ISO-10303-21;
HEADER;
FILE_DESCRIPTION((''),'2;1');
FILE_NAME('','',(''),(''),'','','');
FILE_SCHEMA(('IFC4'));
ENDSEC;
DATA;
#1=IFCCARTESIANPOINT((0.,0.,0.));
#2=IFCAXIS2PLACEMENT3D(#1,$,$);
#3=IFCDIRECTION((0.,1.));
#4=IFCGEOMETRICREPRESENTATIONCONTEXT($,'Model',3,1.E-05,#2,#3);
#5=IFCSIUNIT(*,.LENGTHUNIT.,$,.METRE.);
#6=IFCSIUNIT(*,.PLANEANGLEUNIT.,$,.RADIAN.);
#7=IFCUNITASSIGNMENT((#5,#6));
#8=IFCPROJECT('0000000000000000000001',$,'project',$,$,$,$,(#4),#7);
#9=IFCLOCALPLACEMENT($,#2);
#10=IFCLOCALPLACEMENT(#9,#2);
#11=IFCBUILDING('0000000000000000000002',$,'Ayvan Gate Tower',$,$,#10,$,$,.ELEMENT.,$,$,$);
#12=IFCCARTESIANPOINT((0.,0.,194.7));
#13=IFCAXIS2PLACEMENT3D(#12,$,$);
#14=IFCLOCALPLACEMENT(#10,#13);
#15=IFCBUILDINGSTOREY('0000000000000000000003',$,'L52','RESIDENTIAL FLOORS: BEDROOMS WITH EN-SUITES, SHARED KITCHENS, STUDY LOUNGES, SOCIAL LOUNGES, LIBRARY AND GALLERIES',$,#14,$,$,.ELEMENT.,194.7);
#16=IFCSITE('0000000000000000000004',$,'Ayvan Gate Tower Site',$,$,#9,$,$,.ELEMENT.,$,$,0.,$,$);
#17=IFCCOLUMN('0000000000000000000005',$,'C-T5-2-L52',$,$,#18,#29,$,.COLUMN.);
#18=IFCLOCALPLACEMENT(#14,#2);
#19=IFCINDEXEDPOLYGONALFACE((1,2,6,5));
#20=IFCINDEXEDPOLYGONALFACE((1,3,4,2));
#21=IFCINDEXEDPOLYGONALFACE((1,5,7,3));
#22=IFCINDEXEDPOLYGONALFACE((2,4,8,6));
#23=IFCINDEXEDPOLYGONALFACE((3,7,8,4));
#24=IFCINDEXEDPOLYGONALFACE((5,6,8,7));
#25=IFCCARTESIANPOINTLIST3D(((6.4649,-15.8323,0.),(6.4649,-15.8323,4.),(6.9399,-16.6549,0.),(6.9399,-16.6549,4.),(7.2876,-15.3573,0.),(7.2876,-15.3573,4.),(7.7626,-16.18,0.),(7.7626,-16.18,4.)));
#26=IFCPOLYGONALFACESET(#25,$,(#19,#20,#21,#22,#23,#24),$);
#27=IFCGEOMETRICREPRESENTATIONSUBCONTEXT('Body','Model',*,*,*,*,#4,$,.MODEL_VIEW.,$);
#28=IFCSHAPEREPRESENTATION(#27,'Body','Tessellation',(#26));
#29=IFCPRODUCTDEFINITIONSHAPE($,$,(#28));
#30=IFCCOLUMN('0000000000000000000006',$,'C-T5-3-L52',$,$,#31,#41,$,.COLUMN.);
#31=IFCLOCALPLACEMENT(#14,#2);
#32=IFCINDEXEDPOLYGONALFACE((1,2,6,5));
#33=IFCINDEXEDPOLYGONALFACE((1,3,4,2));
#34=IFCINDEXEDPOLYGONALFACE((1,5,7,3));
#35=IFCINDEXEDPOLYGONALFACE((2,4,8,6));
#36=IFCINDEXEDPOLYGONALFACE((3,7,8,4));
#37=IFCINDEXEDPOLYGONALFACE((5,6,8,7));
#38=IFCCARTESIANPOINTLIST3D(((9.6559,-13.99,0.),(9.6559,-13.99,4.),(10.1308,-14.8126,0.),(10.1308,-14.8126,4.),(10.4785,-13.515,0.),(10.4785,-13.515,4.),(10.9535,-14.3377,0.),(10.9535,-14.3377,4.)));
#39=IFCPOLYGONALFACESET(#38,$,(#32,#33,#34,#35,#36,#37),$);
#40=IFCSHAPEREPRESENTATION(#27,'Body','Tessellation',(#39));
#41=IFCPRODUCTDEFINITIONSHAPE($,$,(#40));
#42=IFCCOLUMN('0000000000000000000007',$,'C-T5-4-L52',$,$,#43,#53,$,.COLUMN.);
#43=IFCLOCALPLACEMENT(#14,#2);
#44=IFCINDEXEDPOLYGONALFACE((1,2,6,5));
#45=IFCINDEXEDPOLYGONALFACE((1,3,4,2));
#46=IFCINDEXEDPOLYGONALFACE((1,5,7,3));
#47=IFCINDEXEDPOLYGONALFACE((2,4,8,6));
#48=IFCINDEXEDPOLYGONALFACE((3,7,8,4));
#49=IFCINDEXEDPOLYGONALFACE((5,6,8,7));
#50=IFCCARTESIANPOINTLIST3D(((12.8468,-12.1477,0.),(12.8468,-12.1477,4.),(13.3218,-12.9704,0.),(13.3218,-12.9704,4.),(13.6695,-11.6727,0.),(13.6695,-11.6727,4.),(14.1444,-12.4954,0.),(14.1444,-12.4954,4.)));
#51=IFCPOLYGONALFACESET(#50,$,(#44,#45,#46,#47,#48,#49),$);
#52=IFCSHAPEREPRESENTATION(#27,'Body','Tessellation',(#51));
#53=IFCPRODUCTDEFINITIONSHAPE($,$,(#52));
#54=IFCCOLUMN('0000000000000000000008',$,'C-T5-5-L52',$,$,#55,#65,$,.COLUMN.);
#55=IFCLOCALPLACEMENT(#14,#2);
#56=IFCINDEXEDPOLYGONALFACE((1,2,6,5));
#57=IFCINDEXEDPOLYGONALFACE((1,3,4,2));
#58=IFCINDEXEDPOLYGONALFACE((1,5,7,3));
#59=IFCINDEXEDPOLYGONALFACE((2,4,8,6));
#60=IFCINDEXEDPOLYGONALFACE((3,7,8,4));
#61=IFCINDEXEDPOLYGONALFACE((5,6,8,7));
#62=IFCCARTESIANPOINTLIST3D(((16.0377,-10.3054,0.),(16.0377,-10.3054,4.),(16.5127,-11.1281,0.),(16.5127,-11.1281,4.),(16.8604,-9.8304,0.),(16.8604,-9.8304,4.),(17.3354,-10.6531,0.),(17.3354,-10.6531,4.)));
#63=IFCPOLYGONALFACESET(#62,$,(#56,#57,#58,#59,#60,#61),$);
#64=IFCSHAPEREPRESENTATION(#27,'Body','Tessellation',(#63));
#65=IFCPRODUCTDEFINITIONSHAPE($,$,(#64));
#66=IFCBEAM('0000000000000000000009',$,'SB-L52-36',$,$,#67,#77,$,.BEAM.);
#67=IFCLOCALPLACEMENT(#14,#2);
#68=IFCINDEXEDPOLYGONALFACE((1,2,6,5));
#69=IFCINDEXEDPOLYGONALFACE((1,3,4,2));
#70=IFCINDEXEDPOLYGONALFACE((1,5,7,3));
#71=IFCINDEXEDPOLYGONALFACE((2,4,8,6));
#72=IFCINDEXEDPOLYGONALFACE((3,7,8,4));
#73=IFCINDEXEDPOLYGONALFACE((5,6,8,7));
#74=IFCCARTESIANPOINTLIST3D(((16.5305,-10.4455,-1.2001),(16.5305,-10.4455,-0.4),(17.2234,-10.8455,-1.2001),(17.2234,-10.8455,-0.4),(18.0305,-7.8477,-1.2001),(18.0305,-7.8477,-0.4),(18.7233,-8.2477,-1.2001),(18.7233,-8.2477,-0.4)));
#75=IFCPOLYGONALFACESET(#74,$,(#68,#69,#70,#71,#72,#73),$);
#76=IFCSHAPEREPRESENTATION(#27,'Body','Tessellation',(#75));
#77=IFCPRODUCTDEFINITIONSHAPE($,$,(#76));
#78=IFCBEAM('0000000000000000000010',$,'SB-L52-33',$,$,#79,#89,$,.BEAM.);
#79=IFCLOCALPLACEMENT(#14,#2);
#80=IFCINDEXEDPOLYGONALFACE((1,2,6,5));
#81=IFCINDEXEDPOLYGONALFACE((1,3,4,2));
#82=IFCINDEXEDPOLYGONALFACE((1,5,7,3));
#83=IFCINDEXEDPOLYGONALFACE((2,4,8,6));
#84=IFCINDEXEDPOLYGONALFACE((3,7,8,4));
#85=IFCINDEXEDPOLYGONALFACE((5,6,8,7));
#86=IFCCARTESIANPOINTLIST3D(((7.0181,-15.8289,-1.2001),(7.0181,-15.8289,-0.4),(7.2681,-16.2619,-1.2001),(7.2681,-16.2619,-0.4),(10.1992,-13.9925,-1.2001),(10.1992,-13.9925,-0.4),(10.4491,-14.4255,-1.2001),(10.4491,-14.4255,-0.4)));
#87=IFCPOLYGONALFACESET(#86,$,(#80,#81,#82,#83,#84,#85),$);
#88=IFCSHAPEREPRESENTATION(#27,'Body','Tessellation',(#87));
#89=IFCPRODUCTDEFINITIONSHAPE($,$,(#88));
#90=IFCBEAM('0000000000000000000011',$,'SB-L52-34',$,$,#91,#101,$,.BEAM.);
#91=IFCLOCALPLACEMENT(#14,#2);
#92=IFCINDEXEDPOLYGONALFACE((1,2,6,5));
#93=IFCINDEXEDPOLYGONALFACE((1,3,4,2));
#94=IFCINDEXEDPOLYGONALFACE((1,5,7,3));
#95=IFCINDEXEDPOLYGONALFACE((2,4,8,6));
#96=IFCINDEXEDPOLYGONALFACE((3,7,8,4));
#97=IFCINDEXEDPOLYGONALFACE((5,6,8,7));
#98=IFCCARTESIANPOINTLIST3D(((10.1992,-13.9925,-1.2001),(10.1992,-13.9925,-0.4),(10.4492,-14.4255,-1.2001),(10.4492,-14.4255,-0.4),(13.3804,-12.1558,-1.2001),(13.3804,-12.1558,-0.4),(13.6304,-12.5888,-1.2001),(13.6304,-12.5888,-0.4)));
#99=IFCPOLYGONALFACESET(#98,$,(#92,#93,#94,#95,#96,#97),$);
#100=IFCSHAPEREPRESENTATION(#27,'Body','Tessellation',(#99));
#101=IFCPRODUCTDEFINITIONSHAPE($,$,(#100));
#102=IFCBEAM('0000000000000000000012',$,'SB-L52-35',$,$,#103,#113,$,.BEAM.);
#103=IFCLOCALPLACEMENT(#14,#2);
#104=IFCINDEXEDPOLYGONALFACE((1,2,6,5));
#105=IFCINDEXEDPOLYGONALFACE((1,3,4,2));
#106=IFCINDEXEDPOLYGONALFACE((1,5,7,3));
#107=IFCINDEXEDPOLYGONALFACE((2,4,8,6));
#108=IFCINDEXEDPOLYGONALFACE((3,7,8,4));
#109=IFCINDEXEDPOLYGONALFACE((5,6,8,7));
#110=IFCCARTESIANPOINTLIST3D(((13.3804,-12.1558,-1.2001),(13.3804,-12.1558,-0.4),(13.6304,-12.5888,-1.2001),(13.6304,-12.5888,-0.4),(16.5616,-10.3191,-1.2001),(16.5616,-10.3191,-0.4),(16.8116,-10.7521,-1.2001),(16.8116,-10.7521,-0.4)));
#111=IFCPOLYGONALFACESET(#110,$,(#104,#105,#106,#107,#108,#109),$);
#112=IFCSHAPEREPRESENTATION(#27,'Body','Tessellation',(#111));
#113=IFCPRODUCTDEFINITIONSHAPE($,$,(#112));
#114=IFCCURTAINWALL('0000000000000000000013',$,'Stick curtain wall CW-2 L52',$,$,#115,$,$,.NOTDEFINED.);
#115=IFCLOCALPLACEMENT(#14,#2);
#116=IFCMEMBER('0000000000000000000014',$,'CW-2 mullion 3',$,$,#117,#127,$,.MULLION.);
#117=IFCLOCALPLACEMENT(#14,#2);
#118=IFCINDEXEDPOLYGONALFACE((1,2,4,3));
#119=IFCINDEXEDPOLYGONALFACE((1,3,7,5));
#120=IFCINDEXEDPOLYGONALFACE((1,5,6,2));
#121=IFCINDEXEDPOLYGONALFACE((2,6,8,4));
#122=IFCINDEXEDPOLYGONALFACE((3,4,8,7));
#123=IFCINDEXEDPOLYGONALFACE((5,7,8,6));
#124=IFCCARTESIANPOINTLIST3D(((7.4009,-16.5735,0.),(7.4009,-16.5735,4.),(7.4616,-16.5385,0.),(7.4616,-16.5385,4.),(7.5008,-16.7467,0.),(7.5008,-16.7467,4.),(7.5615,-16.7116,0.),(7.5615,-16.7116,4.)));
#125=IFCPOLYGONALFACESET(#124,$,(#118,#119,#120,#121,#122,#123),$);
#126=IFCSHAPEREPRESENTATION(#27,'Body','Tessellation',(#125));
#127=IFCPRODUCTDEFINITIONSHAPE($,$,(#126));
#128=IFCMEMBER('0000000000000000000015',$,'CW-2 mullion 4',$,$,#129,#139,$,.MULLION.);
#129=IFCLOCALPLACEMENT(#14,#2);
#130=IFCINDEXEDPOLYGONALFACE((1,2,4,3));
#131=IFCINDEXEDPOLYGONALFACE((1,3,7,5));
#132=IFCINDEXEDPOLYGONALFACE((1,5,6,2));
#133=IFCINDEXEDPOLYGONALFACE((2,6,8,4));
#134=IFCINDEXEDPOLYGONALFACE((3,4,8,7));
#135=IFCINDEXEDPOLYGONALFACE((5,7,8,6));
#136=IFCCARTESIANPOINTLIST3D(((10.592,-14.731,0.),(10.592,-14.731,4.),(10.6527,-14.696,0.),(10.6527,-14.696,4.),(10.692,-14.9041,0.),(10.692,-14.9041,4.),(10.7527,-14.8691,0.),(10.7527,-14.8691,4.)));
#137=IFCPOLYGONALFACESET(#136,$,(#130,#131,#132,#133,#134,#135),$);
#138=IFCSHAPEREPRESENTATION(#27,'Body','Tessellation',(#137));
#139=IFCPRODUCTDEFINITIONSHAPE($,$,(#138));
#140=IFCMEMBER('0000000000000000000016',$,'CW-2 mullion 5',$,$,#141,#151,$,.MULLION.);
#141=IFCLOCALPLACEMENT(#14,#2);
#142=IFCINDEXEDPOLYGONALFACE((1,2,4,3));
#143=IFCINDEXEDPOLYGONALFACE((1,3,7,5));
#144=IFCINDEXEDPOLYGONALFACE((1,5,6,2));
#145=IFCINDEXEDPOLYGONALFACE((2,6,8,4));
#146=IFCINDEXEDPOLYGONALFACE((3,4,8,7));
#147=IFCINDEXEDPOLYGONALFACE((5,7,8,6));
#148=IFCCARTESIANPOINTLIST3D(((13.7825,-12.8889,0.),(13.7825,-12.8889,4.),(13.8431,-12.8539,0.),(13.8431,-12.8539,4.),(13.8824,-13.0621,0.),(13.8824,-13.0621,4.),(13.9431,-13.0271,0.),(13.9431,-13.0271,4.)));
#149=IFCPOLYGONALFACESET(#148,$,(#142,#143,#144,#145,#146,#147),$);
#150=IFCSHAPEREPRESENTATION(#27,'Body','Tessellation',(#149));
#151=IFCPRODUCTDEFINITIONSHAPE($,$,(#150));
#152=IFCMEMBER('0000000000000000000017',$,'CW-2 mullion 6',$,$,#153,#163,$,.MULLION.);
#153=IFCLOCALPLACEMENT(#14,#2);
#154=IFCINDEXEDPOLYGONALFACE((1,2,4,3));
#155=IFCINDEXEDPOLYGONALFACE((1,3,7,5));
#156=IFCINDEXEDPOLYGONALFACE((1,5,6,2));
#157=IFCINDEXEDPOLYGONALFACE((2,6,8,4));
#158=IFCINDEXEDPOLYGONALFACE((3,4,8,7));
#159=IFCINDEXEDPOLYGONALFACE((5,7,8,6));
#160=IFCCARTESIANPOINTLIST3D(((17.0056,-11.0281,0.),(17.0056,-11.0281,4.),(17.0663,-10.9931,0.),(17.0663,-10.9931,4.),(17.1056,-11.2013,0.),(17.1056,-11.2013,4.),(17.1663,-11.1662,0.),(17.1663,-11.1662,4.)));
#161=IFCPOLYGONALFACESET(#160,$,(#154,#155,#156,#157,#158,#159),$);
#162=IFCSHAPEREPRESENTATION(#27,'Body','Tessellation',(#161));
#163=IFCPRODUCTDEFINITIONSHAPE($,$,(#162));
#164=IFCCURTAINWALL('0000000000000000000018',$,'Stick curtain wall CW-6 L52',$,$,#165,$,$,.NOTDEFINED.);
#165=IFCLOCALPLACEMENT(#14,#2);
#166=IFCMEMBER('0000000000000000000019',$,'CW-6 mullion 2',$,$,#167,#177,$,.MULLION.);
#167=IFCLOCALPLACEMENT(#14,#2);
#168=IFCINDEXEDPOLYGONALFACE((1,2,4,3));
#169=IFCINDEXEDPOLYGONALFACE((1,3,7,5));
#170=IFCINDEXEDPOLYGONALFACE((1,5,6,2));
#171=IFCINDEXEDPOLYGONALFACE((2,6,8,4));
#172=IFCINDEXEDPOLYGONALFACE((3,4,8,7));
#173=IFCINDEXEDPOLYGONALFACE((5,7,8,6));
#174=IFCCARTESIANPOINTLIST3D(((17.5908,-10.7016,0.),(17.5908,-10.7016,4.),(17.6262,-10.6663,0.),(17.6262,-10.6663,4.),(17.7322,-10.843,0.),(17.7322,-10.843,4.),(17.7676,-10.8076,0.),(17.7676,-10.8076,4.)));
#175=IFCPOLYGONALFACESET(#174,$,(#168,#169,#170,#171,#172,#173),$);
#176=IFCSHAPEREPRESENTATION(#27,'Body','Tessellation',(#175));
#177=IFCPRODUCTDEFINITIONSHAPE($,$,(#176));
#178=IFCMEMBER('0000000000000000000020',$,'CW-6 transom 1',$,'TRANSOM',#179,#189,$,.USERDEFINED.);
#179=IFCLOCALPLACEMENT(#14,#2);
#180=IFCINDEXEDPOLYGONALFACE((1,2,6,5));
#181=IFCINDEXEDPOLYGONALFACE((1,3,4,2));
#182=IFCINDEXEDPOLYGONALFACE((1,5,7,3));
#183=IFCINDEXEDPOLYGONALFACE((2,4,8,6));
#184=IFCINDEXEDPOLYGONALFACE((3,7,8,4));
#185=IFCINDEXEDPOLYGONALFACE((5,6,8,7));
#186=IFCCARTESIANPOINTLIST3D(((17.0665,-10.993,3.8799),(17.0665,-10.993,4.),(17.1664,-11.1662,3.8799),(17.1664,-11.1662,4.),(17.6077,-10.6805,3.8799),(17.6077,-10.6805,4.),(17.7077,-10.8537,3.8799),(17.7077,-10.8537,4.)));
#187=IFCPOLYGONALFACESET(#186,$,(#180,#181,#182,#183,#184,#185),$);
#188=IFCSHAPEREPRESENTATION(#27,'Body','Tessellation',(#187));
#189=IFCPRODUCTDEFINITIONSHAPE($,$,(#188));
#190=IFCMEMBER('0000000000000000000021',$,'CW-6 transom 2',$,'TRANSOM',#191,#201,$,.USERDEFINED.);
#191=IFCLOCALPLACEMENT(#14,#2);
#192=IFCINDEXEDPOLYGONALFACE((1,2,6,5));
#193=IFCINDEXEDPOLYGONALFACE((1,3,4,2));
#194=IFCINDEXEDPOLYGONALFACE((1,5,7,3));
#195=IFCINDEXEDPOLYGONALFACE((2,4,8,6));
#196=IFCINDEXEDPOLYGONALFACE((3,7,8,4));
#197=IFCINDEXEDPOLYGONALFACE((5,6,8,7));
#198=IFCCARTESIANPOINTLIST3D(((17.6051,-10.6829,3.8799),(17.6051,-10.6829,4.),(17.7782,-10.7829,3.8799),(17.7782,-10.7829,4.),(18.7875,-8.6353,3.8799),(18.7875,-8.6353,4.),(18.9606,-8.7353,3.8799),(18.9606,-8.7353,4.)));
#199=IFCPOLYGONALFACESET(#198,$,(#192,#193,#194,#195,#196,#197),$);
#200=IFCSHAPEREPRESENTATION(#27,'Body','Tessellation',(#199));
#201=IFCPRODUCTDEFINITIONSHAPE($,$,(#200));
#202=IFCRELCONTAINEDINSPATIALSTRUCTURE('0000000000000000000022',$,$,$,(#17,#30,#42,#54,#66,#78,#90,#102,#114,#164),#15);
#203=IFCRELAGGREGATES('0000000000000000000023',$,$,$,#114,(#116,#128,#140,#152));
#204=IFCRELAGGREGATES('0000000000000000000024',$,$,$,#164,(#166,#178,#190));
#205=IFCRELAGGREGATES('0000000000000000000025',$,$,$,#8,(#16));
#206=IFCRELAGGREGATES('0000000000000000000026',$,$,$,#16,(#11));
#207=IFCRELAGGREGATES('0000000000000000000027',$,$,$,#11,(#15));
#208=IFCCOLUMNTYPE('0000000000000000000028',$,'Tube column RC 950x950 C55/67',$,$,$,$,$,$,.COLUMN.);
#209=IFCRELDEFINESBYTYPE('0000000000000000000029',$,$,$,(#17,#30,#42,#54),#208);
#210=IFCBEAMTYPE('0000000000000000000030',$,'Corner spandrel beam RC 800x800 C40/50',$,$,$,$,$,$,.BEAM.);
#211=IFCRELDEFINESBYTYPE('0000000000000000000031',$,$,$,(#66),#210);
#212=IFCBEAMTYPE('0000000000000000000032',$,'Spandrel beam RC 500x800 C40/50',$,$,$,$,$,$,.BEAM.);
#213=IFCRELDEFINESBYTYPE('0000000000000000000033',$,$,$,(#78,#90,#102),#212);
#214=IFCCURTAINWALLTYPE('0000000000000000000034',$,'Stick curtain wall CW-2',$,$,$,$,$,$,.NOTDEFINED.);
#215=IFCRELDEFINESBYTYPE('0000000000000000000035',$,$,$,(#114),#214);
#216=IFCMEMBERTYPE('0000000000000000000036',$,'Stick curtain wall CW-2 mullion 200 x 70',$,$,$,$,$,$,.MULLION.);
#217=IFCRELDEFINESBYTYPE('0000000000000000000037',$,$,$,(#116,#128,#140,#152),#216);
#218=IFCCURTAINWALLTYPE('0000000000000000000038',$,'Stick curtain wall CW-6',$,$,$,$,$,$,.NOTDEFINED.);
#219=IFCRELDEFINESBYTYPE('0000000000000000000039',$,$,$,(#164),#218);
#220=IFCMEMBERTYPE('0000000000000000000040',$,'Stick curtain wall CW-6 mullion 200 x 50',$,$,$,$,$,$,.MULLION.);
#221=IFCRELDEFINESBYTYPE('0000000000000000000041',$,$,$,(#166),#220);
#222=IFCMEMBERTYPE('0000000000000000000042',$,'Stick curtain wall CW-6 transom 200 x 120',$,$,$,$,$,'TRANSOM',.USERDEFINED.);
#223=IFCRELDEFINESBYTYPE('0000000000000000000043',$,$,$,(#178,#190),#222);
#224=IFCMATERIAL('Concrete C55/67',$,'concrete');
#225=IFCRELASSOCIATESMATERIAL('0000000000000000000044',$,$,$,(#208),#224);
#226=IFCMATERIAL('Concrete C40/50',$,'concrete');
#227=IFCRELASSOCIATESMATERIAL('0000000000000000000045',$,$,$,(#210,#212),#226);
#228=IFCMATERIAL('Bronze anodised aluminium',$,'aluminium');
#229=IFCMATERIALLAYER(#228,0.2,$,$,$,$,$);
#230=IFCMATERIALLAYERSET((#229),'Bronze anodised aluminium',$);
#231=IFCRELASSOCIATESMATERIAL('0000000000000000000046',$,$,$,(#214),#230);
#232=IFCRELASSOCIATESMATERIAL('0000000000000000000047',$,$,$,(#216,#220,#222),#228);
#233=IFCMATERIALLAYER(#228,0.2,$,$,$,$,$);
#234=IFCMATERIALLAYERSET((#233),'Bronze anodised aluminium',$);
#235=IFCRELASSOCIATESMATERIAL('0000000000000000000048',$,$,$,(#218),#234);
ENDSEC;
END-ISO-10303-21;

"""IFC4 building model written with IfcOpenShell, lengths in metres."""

from ifc_helpers import new_model, si_unit, direction, frame, origin, origin_2d, place, context, subcontext, project, spatial, rectangle, extrude, material, layer, layer_set, material_profile, profile_set, type_object, element, aggregate, save


model = new_model("IFC4")

# Units and contexts
model_context = context("Model", 3, precision=1e-05, world=origin(), true_north=direction((0.0, 1.0)))
body_context = subcontext(model_context, "Body", "Model", "MODEL_VIEW")
ifc_project = project(units=[si_unit("LENGTHUNIT", "METRE"), si_unit("PLANEANGLEUNIT", "RADIAN")], contexts=[model_context])

# Site, building, storey
site_placement = place(None, origin())
site = spatial("IfcSite", under=ifc_project, at=site_placement, Name="Ayvan Gate Tower Site", CompositionType="ELEMENT", RefElevation=0.0)
building_placement = place(site_placement, origin())
building = spatial("IfcBuilding", under=site, at=building_placement, Name="Ayvan Gate Tower", CompositionType="ELEMENT")
storey_placement = place(building_placement, frame((0.0, 0.0, 194.7)))
storey = spatial("IfcBuildingStorey", under=building, at=storey_placement, Name="L52", Description="RESIDENTIAL FLOORS: BEDROOMS WITH EN-SUITES, SHARED KITCHENS, STUDY LOUNGES, SOCIAL LOUNGES, LIBRARY AND GALLERIES", CompositionType="ELEMENT", Elevation=194.7)

# Columns
ifc_material_1 = material(Name="Concrete C55/67", Category="concrete")
ifc_material_profile_1 = material_profile(ifc_material_1, rectangle(XDim=0.95, YDim=0.95, at=origin_2d()), Name="RC 950x950")
ifc_profile_set_1 = profile_set([ifc_material_profile_1], Name="Concrete C55/67")
column_type = type_object("IfcColumnType", Name="Tube column RC 950x950 C55/67", PredefinedType="COLUMN", material=ifc_profile_set_1)
for number, where, z_axis, x_axis, name in (
    (1, (7.1138, -16.0061, 0.0), (0.0, 0.0, 1.0), (0.5, -0.866025, 0.0), "C-T5-2-L52"),
    (2, (10.3047, -14.1638, 0.0), (0.0, 0.0, 1.0), (0.5, -0.866025, 0.0), "C-T5-3-L52"),
    (3, (13.4956, -12.3215, 0.0), (0.0, 0.0, 1.0), (0.5, -0.866025, 0.0), "C-T5-4-L52"),
    (4, (16.6865, -10.4792, 0.0), (0.0, 0.0, 1.0), (0.5, -0.866025, 0.0), "C-T5-5-L52"),
):
    element("IfcColumn", number, at=place(storey_placement, frame(where, z_axis=z_axis, x_axis=x_axis)), inside=storey, type_object=column_type, Name=name, PredefinedType="COLUMN", context=body_context, shape_type="SweptSolid", body=[
        extrude(rectangle(XDim=0.95, YDim=0.95, at=origin_2d()), origin(), (0.0, 0.0, 1.0), 4.0),
    ])

# Beams
ifc_material_2 = material(Name="Concrete C40/50", Category="concrete")
ifc_material_profile_2 = material_profile(ifc_material_2, rectangle(XDim=0.8, YDim=0.8, at=origin_2d()), Name="RC 800x800")
ifc_profile_set_2 = profile_set([ifc_material_profile_2], Name="Concrete C40/50")
beam_type_1 = type_object("IfcBeamType", Name="Corner spandrel beam RC 800x800 C40/50", PredefinedType="BEAM", material=ifc_profile_set_2)
beam_1_placement = place(storey_placement, frame((16.877, -10.6455, -0.8), z_axis=(0.500025, 0.866011, 0.0), x_axis=(-0.866011, 0.500025, 0.0)))
element("IfcBeam", 5, at=beam_1_placement, inside=storey, type_object=beam_type_1, Name="SB-L52-36", PredefinedType="BEAM", context=body_context, shape_type="SweptSolid", body=[
    extrude(rectangle(XDim=0.8, YDim=0.8, at=origin_2d()), origin(), (0.0, 0.0, 1.0), 2.9998),
])
ifc_material_profile_3 = material_profile(ifc_material_2, rectangle(XDim=0.5, YDim=0.8, at=origin_2d()), Name="RC 500x800")
ifc_profile_set_3 = profile_set([ifc_material_profile_3], Name="Concrete C40/50")
beam_type_2 = type_object("IfcBeamType", Name="Spandrel beam RC 500x800 C40/50", PredefinedType="BEAM", material=ifc_profile_set_3)
beam_2_placement = place(storey_placement, frame((7.1431, -16.0454, -0.8), z_axis=(0.866051, 0.499956, 0.0), x_axis=(-0.499956, 0.866051, 0.0)))
element("IfcBeam", 6, at=beam_2_placement, inside=storey, type_object=beam_type_2, Name="SB-L52-33", PredefinedType="BEAM", context=body_context, shape_type="SweptSolid", body=[
    extrude(rectangle(XDim=0.5, YDim=0.8, at=origin_2d()), origin(), (0.0, 0.0, 1.0), 3.6731),
])
for number, where, z_axis, x_axis, name in (
    (7, (10.3242, -14.209, -0.8), (0.866022, 0.500006, 0.0), (-0.500006, 0.866022, 0.0), "SB-L52-34"),
    (8, (13.5054, -12.3723, -0.8), (0.866022, 0.500006, 0.0), (-0.500006, 0.866022, 0.0), "SB-L52-35"),
):
    element("IfcBeam", number, at=place(storey_placement, frame(where, z_axis=z_axis, x_axis=x_axis)), inside=storey, type_object=beam_type_2, Name=name, PredefinedType="BEAM", context=body_context, shape_type="SweptSolid", body=[
        extrude(rectangle(XDim=0.5, YDim=0.8, at=origin_2d()), origin(), (0.0, 0.0, 1.0), 3.6733),
    ])

# Curtain walls, members
ifc_material_3 = material(Name="Bronze anodised aluminium", Category="aluminium")
ifc_layer_1 = layer(ifc_material_3, 0.2)
ifc_layer_set_1 = layer_set([ifc_layer_1], Name="Bronze anodised aluminium")
curtain_wall_type_1 = type_object("IfcCurtainWallType", Name="Stick curtain wall CW-2", PredefinedType="NOTDEFINED", material=ifc_layer_set_1)
curtain_wall_1_placement = place(storey_placement, origin())
curtain_wall_1 = element("IfcCurtainWall", 9, at=curtain_wall_1_placement, inside=storey, type_object=curtain_wall_type_1, Name="Stick curtain wall CW-2 L52", PredefinedType="NOTDEFINED")
ifc_material_profile_4 = material_profile(ifc_material_3, rectangle(XDim=0.2, YDim=0.0701, at=origin_2d()), Name="Stick curtain wall CW-2 mullion 200 x 70")
ifc_profile_set_4 = profile_set([ifc_material_profile_4], Name="Bronze anodised aluminium")
member_type_1 = type_object("IfcMemberType", Name="Stick curtain wall CW-2 mullion 200 x 70", PredefinedType="MULLION", material=ifc_profile_set_4)
member_1_placement = place(storey_placement, frame((7.4812, -16.6426, 0.0), z_axis=(0.0, 0.0, 1.0), x_axis=(0.5, -0.866025, 0.0)))
member_1 = element("IfcMember", 10, at=member_1_placement, type_object=member_type_1, Name="CW-2 mullion 3", PredefinedType="MULLION", context=body_context, shape_type="SweptSolid", body=[
    extrude(rectangle(XDim=0.2, YDim=0.0701, at=origin_2d()), origin(), (0.0, 0.0, 1.0), 4.0),
])
member_2_placement = place(storey_placement, frame((10.6724, -14.8, 0.0), z_axis=(0.0, 0.0, 1.0), x_axis=(0.5, -0.866025, 0.0)))
member_2 = element("IfcMember", 11, at=member_2_placement, type_object=member_type_1, Name="CW-2 mullion 4", PredefinedType="MULLION", context=body_context, shape_type="SweptSolid", body=[
    extrude(rectangle(XDim=0.2, YDim=0.0701, at=origin_2d()), origin(), (0.0, 0.0, 1.0), 4.0),
])
member_3_placement = place(storey_placement, frame((13.8628, -12.958, 0.0), z_axis=(0.0, 0.0, 1.0), x_axis=(0.5, -0.866025, 0.0)))
member_3 = element("IfcMember", 12, at=member_3_placement, type_object=member_type_1, Name="CW-2 mullion 5", PredefinedType="MULLION", context=body_context, shape_type="SweptSolid", body=[
    extrude(rectangle(XDim=0.2, YDim=0.0701, at=origin_2d()), origin(), (0.0, 0.0, 1.0), 4.0),
])
member_4_placement = place(storey_placement, frame((17.0859, -11.0972, 0.0), z_axis=(0.0, 0.0, 1.0), x_axis=(0.5, -0.866025, 0.0)))
member_4 = element("IfcMember", 13, at=member_4_placement, type_object=member_type_1, Name="CW-2 mullion 6", PredefinedType="MULLION", context=body_context, shape_type="SweptSolid", body=[
    extrude(rectangle(XDim=0.2, YDim=0.0701, at=origin_2d()), origin(), (0.0, 0.0, 1.0), 4.0),
])
ifc_layer_2 = layer(ifc_material_3, 0.2)
ifc_layer_set_2 = layer_set([ifc_layer_2], Name="Bronze anodised aluminium")
curtain_wall_type_2 = type_object("IfcCurtainWallType", Name="Stick curtain wall CW-6", PredefinedType="NOTDEFINED", material=ifc_layer_set_2)
curtain_wall_2_placement = place(storey_placement, origin())
curtain_wall_2 = element("IfcCurtainWall", 14, at=curtain_wall_2_placement, inside=storey, type_object=curtain_wall_type_2, Name="Stick curtain wall CW-6 L52", PredefinedType="NOTDEFINED")
ifc_material_profile_5 = material_profile(ifc_material_3, rectangle(XDim=0.2, YDim=0.05, at=origin_2d()), Name="Stick curtain wall CW-6 mullion 200 x 50")
ifc_profile_set_5 = profile_set([ifc_material_profile_5], Name="Bronze anodised aluminium")
member_type_2 = type_object("IfcMemberType", Name="Stick curtain wall CW-6 mullion 200 x 50", PredefinedType="MULLION", material=ifc_profile_set_5)
member_5_placement = place(storey_placement, frame((17.6792, -10.7546, 0.0), z_axis=(0.0, 0.0, 1.0), x_axis=(0.707107, -0.707107, 0.0)))
member_5 = element("IfcMember", 15, at=member_5_placement, type_object=member_type_2, Name="CW-6 mullion 2", PredefinedType="MULLION", context=body_context, shape_type="SweptSolid", body=[
    extrude(rectangle(XDim=0.2, YDim=0.05, at=origin_2d()), origin(), (0.0, 0.0, 1.0), 4.0),
])
ifc_material_profile_6 = material_profile(ifc_material_3, rectangle(XDim=0.2, YDim=0.1201, at=origin_2d()), Name="Stick curtain wall CW-6 transom 200 x 120")
ifc_profile_set_6 = profile_set([ifc_material_profile_6], Name="Bronze anodised aluminium")
member_type_3 = type_object("IfcMemberType", Name="Stick curtain wall CW-6 transom 200 x 120", ElementType="TRANSOM", PredefinedType="USERDEFINED", material=ifc_profile_set_6)
member_6_placement = place(storey_placement, frame((17.1165, -11.0796, 3.9399), z_axis=(0.866023, 0.500004, 0.0), x_axis=(-0.500004, 0.866023, 0.0)))
member_6 = element("IfcMember", 16, at=member_6_placement, type_object=member_type_3, Name="CW-6 transom 1", ObjectType="TRANSOM", PredefinedType="USERDEFINED", context=body_context, shape_type="SweptSolid", body=[
    extrude(rectangle(XDim=0.2, YDim=0.1201, at=origin_2d()), origin(), (0.0, 0.0, 1.0), 0.625),
])
member_7_placement = place(storey_placement, frame((17.6917, -10.7329, 3.9399), z_axis=(0.500059, 0.865991, 0.0), x_axis=(-0.865991, 0.500059, 0.0)))
member_7 = element("IfcMember", 17, at=member_7_placement, type_object=member_type_3, Name="CW-6 transom 2", ObjectType="TRANSOM", PredefinedType="USERDEFINED", context=body_context, shape_type="SweptSolid", body=[
    extrude(rectangle(XDim=0.2, YDim=0.1201, at=origin_2d()), origin(), (0.0, 0.0, 1.0), 2.3645),
])

aggregate(curtain_wall_1, [member_1, member_2, member_3, member_4])
aggregate(curtain_wall_2, [member_5, member_6, member_7])

save(model, "model.ifc")
